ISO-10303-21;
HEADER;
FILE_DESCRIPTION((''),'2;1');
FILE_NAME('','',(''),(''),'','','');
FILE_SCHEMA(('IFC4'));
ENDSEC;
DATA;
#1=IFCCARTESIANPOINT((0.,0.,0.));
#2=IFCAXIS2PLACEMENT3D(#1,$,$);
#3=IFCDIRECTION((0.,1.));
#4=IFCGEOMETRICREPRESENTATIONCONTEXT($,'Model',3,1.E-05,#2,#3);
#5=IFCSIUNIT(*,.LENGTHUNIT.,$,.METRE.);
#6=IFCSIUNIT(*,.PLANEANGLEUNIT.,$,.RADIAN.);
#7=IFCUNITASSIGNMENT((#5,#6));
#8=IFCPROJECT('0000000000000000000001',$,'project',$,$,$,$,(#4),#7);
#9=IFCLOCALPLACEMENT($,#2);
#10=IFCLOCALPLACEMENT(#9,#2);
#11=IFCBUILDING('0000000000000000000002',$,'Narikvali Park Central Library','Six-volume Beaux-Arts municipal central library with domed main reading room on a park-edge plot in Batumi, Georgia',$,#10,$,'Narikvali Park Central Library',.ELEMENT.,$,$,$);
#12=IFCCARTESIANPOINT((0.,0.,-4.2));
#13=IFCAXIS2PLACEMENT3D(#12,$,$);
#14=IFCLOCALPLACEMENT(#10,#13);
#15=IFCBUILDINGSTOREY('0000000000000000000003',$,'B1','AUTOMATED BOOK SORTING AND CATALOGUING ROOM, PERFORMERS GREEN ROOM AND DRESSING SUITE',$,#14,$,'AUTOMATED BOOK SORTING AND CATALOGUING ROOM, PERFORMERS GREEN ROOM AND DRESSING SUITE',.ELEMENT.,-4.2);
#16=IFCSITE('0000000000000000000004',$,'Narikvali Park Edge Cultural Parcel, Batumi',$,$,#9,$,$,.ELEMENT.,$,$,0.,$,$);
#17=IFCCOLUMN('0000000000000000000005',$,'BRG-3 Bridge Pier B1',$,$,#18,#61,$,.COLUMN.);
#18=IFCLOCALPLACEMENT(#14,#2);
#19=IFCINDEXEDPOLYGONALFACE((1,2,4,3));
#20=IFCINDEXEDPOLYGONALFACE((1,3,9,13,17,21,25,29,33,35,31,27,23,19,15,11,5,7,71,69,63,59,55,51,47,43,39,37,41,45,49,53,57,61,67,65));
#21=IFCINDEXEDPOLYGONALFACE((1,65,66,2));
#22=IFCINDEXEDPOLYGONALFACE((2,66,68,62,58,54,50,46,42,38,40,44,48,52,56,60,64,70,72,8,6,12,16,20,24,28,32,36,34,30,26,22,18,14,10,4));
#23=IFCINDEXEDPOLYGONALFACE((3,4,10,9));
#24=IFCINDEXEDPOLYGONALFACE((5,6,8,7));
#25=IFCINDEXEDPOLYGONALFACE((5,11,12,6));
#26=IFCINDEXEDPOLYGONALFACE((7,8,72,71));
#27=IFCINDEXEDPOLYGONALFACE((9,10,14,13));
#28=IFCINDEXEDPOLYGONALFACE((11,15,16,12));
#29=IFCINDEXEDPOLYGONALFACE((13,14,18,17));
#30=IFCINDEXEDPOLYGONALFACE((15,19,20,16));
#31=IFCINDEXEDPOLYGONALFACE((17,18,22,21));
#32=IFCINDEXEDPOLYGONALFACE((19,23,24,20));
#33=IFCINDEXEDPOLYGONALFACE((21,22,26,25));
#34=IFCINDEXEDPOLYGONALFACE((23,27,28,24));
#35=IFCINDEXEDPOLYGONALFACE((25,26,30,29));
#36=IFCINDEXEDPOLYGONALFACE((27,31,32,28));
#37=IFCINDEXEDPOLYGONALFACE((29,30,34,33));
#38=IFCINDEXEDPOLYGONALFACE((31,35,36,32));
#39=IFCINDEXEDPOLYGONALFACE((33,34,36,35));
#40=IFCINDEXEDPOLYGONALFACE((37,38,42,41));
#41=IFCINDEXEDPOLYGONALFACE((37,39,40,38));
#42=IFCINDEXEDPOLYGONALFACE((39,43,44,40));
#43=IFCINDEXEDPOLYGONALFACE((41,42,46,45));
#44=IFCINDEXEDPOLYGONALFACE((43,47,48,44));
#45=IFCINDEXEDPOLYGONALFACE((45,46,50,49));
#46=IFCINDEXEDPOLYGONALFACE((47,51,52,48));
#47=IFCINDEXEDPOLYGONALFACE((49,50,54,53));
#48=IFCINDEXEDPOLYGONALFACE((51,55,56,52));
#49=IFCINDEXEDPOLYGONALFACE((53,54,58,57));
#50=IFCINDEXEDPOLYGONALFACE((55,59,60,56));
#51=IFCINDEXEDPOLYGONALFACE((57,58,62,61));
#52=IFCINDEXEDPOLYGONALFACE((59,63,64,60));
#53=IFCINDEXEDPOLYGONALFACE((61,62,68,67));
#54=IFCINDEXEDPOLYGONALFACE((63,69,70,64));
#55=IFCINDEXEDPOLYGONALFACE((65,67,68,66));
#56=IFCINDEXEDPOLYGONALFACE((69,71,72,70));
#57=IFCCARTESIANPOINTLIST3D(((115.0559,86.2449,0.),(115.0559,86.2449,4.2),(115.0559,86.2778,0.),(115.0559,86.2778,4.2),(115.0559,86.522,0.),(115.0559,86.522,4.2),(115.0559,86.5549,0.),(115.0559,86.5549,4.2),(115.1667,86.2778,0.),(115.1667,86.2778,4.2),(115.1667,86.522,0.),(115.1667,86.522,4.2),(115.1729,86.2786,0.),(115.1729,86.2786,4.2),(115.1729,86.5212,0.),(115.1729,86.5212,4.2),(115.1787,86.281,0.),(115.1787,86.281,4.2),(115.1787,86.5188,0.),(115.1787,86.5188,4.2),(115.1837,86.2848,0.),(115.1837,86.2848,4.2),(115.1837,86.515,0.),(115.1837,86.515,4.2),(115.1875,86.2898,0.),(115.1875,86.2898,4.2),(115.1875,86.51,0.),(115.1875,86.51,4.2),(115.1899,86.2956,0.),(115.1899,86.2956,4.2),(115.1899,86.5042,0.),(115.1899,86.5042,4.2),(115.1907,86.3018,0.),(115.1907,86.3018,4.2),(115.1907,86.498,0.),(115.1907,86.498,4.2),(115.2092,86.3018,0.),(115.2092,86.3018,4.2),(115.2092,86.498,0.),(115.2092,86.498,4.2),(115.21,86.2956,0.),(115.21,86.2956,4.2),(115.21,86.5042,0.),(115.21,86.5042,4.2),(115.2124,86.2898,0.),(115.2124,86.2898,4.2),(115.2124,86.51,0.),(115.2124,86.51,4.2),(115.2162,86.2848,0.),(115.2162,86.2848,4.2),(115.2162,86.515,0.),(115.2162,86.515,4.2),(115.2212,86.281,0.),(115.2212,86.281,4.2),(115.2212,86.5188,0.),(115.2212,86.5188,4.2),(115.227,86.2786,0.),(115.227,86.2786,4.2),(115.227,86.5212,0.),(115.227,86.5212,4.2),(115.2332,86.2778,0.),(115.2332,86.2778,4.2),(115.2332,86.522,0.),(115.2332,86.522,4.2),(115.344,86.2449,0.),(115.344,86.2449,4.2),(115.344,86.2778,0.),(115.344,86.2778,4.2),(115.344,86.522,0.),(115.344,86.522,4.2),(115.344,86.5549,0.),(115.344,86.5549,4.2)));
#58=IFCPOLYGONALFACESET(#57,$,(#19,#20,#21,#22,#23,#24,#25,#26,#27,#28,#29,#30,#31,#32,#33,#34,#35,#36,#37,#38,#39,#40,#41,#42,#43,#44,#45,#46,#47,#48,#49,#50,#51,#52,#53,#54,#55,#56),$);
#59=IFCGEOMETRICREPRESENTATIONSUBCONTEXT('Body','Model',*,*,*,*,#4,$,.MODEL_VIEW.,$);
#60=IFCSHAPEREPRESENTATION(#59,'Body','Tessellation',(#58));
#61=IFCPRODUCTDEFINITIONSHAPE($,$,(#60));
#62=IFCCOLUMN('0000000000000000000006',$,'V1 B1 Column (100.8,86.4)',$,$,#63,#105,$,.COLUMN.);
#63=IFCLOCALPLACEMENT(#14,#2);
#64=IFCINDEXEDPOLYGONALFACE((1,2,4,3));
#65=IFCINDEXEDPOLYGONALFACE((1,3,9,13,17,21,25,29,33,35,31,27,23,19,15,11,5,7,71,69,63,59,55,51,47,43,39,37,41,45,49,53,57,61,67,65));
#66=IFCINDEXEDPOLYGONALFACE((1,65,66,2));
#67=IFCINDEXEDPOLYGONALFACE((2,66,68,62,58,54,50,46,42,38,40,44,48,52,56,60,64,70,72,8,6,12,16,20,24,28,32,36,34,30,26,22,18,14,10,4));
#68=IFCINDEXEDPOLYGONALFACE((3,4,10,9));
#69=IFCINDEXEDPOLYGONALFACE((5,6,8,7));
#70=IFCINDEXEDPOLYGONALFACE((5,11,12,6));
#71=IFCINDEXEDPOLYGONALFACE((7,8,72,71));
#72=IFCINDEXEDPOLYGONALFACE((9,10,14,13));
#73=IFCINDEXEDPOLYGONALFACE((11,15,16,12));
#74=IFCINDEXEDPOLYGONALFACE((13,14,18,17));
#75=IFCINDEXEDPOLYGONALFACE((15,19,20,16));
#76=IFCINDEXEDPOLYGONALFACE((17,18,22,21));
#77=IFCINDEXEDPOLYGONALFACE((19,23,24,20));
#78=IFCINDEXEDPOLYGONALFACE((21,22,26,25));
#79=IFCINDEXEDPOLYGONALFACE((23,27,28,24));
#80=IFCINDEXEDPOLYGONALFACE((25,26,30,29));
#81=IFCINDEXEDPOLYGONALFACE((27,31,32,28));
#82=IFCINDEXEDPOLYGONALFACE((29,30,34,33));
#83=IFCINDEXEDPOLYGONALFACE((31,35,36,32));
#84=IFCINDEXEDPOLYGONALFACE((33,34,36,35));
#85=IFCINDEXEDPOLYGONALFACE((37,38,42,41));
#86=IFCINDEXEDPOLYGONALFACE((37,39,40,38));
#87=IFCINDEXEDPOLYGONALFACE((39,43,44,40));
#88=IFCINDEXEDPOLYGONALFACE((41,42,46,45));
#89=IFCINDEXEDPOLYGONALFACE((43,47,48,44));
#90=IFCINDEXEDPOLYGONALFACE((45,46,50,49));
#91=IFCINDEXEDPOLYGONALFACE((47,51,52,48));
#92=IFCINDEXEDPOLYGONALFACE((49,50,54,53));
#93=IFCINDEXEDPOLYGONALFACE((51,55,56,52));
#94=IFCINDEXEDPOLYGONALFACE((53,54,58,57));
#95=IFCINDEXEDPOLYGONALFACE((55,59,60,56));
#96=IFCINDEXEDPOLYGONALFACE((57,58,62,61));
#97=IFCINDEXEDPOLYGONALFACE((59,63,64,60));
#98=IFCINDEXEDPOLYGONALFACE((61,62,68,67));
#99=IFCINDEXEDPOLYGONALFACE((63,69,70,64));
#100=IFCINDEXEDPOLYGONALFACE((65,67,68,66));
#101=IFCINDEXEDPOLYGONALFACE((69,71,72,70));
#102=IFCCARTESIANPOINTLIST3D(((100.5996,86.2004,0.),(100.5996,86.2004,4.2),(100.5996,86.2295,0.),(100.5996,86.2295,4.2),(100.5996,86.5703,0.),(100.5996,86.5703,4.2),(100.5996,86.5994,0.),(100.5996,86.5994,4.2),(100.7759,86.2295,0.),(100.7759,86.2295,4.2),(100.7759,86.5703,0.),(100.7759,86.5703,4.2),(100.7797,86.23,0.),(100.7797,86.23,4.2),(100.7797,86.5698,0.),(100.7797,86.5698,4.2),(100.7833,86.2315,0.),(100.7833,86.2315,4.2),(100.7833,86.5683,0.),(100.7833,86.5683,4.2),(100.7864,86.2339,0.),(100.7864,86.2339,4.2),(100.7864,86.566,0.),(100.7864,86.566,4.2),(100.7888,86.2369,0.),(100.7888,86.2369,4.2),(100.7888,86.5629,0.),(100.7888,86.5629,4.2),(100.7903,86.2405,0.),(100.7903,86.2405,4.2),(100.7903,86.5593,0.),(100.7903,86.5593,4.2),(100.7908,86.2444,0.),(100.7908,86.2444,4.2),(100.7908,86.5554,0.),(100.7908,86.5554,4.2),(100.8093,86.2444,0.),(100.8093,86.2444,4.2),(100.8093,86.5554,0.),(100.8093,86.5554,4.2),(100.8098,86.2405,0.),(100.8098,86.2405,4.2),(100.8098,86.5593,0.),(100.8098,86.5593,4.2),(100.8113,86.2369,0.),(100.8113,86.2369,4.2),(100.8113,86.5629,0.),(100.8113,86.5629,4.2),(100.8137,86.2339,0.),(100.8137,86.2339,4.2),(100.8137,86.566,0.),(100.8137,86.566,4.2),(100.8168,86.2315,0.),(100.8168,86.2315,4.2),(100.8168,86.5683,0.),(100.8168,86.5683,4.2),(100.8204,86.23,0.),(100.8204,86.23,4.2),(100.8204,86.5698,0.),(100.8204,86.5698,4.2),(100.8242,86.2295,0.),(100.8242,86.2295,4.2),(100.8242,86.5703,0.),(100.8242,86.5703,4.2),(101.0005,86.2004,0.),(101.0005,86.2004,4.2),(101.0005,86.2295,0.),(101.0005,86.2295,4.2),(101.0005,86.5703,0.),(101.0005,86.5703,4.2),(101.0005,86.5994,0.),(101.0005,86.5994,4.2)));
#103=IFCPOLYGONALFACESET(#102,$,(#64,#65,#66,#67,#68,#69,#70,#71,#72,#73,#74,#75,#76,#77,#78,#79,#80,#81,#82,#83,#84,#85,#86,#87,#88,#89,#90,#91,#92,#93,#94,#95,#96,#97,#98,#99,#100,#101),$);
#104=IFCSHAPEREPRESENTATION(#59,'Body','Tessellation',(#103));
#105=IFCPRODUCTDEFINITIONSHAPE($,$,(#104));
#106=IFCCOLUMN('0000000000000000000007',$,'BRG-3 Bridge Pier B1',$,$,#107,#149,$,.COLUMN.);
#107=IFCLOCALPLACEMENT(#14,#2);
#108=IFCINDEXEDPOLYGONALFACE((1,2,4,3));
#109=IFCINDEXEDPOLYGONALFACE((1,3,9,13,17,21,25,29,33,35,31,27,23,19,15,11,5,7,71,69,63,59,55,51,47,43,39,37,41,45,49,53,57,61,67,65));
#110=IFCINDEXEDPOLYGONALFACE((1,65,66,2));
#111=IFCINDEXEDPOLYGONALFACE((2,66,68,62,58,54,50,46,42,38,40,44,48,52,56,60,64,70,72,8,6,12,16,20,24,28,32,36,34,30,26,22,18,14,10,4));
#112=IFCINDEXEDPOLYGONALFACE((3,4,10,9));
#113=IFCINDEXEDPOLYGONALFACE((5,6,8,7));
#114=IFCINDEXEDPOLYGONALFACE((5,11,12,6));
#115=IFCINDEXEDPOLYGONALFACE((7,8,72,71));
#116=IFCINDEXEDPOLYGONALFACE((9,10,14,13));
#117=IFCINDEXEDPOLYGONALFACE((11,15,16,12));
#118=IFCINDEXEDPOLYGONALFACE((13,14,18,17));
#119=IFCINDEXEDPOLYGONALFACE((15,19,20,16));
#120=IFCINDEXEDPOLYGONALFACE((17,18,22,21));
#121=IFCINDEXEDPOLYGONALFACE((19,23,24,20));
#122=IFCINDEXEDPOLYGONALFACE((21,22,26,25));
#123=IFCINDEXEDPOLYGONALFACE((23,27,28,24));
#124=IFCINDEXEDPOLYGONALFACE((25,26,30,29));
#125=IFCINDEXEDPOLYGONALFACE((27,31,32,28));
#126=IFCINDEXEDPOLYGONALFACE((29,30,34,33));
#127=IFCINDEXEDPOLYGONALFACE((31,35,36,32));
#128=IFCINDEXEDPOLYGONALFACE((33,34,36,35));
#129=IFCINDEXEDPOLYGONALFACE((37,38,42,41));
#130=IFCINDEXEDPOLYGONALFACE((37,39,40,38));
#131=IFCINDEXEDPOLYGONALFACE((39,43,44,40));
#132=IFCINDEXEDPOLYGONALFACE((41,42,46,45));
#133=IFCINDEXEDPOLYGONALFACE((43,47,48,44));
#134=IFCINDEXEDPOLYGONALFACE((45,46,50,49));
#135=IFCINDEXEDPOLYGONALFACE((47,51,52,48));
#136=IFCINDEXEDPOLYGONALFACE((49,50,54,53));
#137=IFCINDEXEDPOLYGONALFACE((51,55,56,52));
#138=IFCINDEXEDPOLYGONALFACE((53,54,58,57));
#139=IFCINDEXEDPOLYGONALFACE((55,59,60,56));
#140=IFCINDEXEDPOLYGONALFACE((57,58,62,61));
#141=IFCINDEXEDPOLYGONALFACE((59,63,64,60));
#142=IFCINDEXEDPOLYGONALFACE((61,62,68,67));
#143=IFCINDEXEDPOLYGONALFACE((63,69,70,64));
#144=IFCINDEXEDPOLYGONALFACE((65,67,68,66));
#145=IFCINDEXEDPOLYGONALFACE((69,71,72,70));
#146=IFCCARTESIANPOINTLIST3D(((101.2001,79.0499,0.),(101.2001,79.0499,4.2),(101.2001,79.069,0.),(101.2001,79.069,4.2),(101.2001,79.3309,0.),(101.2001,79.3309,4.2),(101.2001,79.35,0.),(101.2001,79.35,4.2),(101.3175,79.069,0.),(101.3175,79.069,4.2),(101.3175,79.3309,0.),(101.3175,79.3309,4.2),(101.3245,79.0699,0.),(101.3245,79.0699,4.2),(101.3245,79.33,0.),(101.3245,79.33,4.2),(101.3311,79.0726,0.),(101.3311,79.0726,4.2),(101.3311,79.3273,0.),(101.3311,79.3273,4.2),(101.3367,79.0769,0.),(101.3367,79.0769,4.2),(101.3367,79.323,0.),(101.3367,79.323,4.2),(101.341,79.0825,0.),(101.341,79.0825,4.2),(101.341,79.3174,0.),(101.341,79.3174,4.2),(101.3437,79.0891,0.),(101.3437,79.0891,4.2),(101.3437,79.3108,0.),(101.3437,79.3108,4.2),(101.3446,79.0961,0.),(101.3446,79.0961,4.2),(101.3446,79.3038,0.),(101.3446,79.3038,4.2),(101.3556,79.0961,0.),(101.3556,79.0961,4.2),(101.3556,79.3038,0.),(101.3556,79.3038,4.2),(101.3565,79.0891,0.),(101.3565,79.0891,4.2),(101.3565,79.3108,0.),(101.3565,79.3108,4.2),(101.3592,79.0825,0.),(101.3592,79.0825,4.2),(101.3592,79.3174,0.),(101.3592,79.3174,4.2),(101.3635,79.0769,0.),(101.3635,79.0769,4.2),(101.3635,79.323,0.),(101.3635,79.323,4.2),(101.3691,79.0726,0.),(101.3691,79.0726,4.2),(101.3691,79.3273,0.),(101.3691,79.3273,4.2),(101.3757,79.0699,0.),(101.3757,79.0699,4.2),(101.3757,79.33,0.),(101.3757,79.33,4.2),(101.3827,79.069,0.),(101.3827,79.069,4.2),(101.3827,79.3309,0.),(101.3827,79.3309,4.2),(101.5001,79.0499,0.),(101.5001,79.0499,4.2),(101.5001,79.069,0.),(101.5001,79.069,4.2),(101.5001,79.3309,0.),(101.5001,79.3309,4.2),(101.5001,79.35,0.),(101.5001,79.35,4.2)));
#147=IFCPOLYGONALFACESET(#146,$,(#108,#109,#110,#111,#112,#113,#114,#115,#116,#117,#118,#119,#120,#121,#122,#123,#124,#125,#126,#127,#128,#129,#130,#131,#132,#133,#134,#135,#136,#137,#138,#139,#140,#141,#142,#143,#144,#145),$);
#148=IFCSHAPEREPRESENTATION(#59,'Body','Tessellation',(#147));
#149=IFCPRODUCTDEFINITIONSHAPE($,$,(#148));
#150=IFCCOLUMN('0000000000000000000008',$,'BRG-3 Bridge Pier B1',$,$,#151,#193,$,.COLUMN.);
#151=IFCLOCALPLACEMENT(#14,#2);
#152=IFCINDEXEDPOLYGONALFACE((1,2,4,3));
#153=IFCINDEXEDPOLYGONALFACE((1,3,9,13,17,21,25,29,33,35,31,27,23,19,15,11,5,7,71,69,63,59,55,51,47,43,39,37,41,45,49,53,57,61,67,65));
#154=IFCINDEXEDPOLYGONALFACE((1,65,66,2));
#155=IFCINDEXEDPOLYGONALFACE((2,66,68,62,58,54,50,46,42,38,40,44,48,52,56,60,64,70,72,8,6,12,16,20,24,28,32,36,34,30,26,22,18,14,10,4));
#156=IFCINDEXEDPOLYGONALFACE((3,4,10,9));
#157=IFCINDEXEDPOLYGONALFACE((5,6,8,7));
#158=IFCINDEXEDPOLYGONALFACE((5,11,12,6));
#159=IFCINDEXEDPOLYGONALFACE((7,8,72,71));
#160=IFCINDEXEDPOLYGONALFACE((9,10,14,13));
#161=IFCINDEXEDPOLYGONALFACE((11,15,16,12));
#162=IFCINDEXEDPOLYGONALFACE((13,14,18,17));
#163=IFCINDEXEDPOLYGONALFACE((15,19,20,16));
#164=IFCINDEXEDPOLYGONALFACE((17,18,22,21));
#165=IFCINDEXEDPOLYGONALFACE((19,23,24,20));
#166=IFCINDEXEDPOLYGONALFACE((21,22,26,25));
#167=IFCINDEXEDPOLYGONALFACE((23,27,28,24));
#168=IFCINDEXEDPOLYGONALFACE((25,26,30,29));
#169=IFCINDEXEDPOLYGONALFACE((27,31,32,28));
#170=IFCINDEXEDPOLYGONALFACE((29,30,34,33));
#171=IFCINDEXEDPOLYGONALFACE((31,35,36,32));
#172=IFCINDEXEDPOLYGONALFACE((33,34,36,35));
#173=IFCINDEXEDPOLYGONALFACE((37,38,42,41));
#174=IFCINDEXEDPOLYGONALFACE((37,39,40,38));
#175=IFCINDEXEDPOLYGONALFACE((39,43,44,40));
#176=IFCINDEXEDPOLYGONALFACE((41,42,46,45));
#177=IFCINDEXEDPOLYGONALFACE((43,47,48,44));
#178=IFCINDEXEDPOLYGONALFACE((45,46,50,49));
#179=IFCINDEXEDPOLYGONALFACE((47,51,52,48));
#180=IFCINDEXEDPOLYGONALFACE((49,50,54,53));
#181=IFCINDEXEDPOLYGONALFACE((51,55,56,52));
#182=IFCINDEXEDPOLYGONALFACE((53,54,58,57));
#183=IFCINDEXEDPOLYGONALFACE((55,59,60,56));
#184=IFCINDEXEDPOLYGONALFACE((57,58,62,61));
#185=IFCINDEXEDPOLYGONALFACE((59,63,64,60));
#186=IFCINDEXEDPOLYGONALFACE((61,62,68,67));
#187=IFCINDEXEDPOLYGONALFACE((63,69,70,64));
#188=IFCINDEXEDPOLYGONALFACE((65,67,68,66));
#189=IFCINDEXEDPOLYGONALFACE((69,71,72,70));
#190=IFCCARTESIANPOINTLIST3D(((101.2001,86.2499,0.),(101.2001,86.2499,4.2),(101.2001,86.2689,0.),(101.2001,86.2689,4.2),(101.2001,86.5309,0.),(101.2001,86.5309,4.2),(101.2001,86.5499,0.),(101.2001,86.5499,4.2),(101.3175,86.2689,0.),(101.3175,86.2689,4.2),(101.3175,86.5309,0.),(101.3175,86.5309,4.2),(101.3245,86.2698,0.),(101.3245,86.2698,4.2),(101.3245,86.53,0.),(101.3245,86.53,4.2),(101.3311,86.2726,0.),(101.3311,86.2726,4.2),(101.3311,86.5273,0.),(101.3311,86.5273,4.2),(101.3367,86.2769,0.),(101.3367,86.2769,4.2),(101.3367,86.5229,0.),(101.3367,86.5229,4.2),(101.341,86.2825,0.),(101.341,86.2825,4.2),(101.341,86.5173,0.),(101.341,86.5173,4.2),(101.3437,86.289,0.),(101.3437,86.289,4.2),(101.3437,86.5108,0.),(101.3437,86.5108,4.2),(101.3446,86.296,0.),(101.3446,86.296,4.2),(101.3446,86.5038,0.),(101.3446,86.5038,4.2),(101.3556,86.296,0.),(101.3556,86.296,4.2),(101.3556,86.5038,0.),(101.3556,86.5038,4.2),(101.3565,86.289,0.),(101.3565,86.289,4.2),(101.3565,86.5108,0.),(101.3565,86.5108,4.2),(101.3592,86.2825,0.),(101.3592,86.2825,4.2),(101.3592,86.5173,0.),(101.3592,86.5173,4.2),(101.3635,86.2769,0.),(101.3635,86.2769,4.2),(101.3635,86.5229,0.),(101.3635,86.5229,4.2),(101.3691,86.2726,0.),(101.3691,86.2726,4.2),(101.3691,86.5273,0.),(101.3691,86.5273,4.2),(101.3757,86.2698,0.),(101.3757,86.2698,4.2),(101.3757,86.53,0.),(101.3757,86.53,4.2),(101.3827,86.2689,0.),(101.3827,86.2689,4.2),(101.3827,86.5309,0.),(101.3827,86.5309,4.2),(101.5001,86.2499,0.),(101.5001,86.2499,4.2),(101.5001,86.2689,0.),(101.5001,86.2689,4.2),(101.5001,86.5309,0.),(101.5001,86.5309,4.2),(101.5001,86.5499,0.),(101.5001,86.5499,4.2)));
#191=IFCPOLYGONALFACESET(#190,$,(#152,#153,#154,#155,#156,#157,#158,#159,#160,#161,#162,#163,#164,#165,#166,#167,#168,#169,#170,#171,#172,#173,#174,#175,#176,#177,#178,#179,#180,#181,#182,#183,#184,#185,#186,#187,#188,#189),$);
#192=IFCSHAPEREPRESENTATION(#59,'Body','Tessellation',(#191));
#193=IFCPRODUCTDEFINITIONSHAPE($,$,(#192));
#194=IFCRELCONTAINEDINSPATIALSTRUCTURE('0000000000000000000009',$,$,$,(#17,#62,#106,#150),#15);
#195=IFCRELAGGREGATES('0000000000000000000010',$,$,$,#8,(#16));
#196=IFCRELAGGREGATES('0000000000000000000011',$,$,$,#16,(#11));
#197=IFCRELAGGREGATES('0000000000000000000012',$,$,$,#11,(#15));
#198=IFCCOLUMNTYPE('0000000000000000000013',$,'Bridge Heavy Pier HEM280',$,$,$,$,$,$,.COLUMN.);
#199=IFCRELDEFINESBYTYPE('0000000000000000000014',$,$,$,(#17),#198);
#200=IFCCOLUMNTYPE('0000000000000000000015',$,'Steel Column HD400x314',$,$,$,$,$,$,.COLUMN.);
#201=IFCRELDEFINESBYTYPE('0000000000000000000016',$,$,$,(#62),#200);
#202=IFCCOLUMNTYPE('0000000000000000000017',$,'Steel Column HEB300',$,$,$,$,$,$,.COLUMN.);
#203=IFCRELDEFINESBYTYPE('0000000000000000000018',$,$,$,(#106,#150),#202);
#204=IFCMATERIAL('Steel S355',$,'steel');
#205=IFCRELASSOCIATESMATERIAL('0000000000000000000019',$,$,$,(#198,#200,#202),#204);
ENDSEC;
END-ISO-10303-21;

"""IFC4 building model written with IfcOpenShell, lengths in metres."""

from ifc_helpers import new_model, si_unit, direction, frame, origin, origin_2d, place, context, subcontext, project, spatial, i_section, extrude, material, material_profile, profile_set, type_object, element, save


model = new_model("IFC4")

# Units and contexts
model_context = context("Model", 3, precision=1e-05, world=origin(), true_north=direction((0.0, 1.0)))
body_context = subcontext(model_context, "Body", "Model", "MODEL_VIEW")
ifc_project = project(units=[si_unit("LENGTHUNIT", "METRE"), si_unit("PLANEANGLEUNIT", "RADIAN")], contexts=[model_context])

# Site, building, storey
site_placement = place(None, origin())
site = spatial("IfcSite", under=ifc_project, at=site_placement, Name="Narikvali Park Edge Cultural Parcel, Batumi", CompositionType="ELEMENT", RefElevation=0.0)
building_placement = place(site_placement, origin())
building = spatial("IfcBuilding", under=site, at=building_placement, Name="Narikvali Park Central Library", Description="Six-volume Beaux-Arts municipal central library with domed main reading room on a park-edge plot in Batumi, Georgia", LongName="Narikvali Park Central Library", CompositionType="ELEMENT")
storey_placement = place(building_placement, frame((0.0, 0.0, -4.2)))
storey = spatial("IfcBuildingStorey", under=building, at=storey_placement, Name="B1", Description="AUTOMATED BOOK SORTING AND CATALOGUING ROOM, PERFORMERS GREEN ROOM AND DRESSING SUITE", LongName="AUTOMATED BOOK SORTING AND CATALOGUING ROOM, PERFORMERS GREEN ROOM AND DRESSING SUITE", CompositionType="ELEMENT", Elevation=-4.2)

# Columns
ifc_material_1 = material(Name="Steel S355", Category="steel")
ifc_material_profile_1 = material_profile(ifc_material_1, i_section(OverallWidth=0.2881, OverallDepth=0.3101, WebThickness=0.0186, FlangeThickness=0.033, FilletRadius=0.0239, at=origin_2d()), Name="HEM 280")
ifc_profile_set_1 = profile_set([ifc_material_profile_1], Name="Steel S355")
column_type_1 = type_object("IfcColumnType", Name="Bridge Heavy Pier HEM280", PredefinedType="COLUMN", material=ifc_profile_set_1)
for number, where, z_axis, x_axis, name in (
    (1, (115.2, 86.3999, 0.0), (0.0, 0.0, 1.0), (1.0, 0.0, 0.0), "BRG-3 Bridge Pier B1"),
):
    element("IfcColumn", number, at=place(storey_placement, frame(where, z_axis=z_axis, x_axis=x_axis)), inside=storey, type_object=column_type_1, Name=name, PredefinedType="COLUMN", context=body_context, shape_type="SweptSolid", body=[
        extrude(i_section(OverallWidth=0.2881, OverallDepth=0.3101, WebThickness=0.0186, FlangeThickness=0.033, FilletRadius=0.0239, at=origin_2d()), origin(), (0.0, 0.0, 1.0), 4.2),
    ])
ifc_material_profile_2 = material_profile(ifc_material_1, i_section(OverallWidth=0.4009, OverallDepth=0.3989, WebThickness=0.0186, FlangeThickness=0.0291, FilletRadius=0.0149, at=origin_2d()), Name="HD 400x314")
ifc_profile_set_2 = profile_set([ifc_material_profile_2], Name="Steel S355")
column_type_2 = type_object("IfcColumnType", Name="Steel Column HD400x314", PredefinedType="COLUMN", material=ifc_profile_set_2)
column_placement = place(storey_placement, frame((100.8, 86.3999, 0.0), z_axis=(0.0, 0.0, 1.0), x_axis=(1.0, 0.0, 0.0)))
element("IfcColumn", 2, at=column_placement, inside=storey, type_object=column_type_2, Name="V1 B1 Column (100.8,86.4)", PredefinedType="COLUMN", context=body_context, shape_type="SweptSolid", body=[
    extrude(i_section(OverallWidth=0.4009, OverallDepth=0.3989, WebThickness=0.0186, FlangeThickness=0.0291, FilletRadius=0.0149, at=origin_2d()), origin(), (0.0, 0.0, 1.0), 4.2),
])
ifc_material_profile_3 = material_profile(ifc_material_1, i_section(OverallWidth=0.3, OverallDepth=0.3, WebThickness=0.011, FlangeThickness=0.019, FilletRadius=0.0271, at=origin_2d()), Name="HEB 300")
ifc_profile_set_3 = profile_set([ifc_material_profile_3], Name="Steel S355")
column_type_3 = type_object("IfcColumnType", Name="Steel Column HEB300", PredefinedType="COLUMN", material=ifc_profile_set_3)
for number, where, z_axis, x_axis, name in (
    (3, (101.3501, 79.2, 0.0), (0.0, 0.0, 1.0), (1.0, 0.0, 0.0), "BRG-3 Bridge Pier B1"),
    (4, (101.3501, 86.3999, 0.0), (0.0, 0.0, 1.0), (1.0, 0.0, 0.0), "BRG-3 Bridge Pier B1"),
):
    element("IfcColumn", number, at=place(storey_placement, frame(where, z_axis=z_axis, x_axis=x_axis)), inside=storey, type_object=column_type_3, Name=name, PredefinedType="COLUMN", context=body_context, shape_type="SweptSolid", body=[
        extrude(i_section(OverallWidth=0.3, OverallDepth=0.3, WebThickness=0.011, FlangeThickness=0.019, FilletRadius=0.0271, at=origin_2d()), origin(), (0.0, 0.0, 1.0), 4.2),
    ])

save(model, "model.ifc")
